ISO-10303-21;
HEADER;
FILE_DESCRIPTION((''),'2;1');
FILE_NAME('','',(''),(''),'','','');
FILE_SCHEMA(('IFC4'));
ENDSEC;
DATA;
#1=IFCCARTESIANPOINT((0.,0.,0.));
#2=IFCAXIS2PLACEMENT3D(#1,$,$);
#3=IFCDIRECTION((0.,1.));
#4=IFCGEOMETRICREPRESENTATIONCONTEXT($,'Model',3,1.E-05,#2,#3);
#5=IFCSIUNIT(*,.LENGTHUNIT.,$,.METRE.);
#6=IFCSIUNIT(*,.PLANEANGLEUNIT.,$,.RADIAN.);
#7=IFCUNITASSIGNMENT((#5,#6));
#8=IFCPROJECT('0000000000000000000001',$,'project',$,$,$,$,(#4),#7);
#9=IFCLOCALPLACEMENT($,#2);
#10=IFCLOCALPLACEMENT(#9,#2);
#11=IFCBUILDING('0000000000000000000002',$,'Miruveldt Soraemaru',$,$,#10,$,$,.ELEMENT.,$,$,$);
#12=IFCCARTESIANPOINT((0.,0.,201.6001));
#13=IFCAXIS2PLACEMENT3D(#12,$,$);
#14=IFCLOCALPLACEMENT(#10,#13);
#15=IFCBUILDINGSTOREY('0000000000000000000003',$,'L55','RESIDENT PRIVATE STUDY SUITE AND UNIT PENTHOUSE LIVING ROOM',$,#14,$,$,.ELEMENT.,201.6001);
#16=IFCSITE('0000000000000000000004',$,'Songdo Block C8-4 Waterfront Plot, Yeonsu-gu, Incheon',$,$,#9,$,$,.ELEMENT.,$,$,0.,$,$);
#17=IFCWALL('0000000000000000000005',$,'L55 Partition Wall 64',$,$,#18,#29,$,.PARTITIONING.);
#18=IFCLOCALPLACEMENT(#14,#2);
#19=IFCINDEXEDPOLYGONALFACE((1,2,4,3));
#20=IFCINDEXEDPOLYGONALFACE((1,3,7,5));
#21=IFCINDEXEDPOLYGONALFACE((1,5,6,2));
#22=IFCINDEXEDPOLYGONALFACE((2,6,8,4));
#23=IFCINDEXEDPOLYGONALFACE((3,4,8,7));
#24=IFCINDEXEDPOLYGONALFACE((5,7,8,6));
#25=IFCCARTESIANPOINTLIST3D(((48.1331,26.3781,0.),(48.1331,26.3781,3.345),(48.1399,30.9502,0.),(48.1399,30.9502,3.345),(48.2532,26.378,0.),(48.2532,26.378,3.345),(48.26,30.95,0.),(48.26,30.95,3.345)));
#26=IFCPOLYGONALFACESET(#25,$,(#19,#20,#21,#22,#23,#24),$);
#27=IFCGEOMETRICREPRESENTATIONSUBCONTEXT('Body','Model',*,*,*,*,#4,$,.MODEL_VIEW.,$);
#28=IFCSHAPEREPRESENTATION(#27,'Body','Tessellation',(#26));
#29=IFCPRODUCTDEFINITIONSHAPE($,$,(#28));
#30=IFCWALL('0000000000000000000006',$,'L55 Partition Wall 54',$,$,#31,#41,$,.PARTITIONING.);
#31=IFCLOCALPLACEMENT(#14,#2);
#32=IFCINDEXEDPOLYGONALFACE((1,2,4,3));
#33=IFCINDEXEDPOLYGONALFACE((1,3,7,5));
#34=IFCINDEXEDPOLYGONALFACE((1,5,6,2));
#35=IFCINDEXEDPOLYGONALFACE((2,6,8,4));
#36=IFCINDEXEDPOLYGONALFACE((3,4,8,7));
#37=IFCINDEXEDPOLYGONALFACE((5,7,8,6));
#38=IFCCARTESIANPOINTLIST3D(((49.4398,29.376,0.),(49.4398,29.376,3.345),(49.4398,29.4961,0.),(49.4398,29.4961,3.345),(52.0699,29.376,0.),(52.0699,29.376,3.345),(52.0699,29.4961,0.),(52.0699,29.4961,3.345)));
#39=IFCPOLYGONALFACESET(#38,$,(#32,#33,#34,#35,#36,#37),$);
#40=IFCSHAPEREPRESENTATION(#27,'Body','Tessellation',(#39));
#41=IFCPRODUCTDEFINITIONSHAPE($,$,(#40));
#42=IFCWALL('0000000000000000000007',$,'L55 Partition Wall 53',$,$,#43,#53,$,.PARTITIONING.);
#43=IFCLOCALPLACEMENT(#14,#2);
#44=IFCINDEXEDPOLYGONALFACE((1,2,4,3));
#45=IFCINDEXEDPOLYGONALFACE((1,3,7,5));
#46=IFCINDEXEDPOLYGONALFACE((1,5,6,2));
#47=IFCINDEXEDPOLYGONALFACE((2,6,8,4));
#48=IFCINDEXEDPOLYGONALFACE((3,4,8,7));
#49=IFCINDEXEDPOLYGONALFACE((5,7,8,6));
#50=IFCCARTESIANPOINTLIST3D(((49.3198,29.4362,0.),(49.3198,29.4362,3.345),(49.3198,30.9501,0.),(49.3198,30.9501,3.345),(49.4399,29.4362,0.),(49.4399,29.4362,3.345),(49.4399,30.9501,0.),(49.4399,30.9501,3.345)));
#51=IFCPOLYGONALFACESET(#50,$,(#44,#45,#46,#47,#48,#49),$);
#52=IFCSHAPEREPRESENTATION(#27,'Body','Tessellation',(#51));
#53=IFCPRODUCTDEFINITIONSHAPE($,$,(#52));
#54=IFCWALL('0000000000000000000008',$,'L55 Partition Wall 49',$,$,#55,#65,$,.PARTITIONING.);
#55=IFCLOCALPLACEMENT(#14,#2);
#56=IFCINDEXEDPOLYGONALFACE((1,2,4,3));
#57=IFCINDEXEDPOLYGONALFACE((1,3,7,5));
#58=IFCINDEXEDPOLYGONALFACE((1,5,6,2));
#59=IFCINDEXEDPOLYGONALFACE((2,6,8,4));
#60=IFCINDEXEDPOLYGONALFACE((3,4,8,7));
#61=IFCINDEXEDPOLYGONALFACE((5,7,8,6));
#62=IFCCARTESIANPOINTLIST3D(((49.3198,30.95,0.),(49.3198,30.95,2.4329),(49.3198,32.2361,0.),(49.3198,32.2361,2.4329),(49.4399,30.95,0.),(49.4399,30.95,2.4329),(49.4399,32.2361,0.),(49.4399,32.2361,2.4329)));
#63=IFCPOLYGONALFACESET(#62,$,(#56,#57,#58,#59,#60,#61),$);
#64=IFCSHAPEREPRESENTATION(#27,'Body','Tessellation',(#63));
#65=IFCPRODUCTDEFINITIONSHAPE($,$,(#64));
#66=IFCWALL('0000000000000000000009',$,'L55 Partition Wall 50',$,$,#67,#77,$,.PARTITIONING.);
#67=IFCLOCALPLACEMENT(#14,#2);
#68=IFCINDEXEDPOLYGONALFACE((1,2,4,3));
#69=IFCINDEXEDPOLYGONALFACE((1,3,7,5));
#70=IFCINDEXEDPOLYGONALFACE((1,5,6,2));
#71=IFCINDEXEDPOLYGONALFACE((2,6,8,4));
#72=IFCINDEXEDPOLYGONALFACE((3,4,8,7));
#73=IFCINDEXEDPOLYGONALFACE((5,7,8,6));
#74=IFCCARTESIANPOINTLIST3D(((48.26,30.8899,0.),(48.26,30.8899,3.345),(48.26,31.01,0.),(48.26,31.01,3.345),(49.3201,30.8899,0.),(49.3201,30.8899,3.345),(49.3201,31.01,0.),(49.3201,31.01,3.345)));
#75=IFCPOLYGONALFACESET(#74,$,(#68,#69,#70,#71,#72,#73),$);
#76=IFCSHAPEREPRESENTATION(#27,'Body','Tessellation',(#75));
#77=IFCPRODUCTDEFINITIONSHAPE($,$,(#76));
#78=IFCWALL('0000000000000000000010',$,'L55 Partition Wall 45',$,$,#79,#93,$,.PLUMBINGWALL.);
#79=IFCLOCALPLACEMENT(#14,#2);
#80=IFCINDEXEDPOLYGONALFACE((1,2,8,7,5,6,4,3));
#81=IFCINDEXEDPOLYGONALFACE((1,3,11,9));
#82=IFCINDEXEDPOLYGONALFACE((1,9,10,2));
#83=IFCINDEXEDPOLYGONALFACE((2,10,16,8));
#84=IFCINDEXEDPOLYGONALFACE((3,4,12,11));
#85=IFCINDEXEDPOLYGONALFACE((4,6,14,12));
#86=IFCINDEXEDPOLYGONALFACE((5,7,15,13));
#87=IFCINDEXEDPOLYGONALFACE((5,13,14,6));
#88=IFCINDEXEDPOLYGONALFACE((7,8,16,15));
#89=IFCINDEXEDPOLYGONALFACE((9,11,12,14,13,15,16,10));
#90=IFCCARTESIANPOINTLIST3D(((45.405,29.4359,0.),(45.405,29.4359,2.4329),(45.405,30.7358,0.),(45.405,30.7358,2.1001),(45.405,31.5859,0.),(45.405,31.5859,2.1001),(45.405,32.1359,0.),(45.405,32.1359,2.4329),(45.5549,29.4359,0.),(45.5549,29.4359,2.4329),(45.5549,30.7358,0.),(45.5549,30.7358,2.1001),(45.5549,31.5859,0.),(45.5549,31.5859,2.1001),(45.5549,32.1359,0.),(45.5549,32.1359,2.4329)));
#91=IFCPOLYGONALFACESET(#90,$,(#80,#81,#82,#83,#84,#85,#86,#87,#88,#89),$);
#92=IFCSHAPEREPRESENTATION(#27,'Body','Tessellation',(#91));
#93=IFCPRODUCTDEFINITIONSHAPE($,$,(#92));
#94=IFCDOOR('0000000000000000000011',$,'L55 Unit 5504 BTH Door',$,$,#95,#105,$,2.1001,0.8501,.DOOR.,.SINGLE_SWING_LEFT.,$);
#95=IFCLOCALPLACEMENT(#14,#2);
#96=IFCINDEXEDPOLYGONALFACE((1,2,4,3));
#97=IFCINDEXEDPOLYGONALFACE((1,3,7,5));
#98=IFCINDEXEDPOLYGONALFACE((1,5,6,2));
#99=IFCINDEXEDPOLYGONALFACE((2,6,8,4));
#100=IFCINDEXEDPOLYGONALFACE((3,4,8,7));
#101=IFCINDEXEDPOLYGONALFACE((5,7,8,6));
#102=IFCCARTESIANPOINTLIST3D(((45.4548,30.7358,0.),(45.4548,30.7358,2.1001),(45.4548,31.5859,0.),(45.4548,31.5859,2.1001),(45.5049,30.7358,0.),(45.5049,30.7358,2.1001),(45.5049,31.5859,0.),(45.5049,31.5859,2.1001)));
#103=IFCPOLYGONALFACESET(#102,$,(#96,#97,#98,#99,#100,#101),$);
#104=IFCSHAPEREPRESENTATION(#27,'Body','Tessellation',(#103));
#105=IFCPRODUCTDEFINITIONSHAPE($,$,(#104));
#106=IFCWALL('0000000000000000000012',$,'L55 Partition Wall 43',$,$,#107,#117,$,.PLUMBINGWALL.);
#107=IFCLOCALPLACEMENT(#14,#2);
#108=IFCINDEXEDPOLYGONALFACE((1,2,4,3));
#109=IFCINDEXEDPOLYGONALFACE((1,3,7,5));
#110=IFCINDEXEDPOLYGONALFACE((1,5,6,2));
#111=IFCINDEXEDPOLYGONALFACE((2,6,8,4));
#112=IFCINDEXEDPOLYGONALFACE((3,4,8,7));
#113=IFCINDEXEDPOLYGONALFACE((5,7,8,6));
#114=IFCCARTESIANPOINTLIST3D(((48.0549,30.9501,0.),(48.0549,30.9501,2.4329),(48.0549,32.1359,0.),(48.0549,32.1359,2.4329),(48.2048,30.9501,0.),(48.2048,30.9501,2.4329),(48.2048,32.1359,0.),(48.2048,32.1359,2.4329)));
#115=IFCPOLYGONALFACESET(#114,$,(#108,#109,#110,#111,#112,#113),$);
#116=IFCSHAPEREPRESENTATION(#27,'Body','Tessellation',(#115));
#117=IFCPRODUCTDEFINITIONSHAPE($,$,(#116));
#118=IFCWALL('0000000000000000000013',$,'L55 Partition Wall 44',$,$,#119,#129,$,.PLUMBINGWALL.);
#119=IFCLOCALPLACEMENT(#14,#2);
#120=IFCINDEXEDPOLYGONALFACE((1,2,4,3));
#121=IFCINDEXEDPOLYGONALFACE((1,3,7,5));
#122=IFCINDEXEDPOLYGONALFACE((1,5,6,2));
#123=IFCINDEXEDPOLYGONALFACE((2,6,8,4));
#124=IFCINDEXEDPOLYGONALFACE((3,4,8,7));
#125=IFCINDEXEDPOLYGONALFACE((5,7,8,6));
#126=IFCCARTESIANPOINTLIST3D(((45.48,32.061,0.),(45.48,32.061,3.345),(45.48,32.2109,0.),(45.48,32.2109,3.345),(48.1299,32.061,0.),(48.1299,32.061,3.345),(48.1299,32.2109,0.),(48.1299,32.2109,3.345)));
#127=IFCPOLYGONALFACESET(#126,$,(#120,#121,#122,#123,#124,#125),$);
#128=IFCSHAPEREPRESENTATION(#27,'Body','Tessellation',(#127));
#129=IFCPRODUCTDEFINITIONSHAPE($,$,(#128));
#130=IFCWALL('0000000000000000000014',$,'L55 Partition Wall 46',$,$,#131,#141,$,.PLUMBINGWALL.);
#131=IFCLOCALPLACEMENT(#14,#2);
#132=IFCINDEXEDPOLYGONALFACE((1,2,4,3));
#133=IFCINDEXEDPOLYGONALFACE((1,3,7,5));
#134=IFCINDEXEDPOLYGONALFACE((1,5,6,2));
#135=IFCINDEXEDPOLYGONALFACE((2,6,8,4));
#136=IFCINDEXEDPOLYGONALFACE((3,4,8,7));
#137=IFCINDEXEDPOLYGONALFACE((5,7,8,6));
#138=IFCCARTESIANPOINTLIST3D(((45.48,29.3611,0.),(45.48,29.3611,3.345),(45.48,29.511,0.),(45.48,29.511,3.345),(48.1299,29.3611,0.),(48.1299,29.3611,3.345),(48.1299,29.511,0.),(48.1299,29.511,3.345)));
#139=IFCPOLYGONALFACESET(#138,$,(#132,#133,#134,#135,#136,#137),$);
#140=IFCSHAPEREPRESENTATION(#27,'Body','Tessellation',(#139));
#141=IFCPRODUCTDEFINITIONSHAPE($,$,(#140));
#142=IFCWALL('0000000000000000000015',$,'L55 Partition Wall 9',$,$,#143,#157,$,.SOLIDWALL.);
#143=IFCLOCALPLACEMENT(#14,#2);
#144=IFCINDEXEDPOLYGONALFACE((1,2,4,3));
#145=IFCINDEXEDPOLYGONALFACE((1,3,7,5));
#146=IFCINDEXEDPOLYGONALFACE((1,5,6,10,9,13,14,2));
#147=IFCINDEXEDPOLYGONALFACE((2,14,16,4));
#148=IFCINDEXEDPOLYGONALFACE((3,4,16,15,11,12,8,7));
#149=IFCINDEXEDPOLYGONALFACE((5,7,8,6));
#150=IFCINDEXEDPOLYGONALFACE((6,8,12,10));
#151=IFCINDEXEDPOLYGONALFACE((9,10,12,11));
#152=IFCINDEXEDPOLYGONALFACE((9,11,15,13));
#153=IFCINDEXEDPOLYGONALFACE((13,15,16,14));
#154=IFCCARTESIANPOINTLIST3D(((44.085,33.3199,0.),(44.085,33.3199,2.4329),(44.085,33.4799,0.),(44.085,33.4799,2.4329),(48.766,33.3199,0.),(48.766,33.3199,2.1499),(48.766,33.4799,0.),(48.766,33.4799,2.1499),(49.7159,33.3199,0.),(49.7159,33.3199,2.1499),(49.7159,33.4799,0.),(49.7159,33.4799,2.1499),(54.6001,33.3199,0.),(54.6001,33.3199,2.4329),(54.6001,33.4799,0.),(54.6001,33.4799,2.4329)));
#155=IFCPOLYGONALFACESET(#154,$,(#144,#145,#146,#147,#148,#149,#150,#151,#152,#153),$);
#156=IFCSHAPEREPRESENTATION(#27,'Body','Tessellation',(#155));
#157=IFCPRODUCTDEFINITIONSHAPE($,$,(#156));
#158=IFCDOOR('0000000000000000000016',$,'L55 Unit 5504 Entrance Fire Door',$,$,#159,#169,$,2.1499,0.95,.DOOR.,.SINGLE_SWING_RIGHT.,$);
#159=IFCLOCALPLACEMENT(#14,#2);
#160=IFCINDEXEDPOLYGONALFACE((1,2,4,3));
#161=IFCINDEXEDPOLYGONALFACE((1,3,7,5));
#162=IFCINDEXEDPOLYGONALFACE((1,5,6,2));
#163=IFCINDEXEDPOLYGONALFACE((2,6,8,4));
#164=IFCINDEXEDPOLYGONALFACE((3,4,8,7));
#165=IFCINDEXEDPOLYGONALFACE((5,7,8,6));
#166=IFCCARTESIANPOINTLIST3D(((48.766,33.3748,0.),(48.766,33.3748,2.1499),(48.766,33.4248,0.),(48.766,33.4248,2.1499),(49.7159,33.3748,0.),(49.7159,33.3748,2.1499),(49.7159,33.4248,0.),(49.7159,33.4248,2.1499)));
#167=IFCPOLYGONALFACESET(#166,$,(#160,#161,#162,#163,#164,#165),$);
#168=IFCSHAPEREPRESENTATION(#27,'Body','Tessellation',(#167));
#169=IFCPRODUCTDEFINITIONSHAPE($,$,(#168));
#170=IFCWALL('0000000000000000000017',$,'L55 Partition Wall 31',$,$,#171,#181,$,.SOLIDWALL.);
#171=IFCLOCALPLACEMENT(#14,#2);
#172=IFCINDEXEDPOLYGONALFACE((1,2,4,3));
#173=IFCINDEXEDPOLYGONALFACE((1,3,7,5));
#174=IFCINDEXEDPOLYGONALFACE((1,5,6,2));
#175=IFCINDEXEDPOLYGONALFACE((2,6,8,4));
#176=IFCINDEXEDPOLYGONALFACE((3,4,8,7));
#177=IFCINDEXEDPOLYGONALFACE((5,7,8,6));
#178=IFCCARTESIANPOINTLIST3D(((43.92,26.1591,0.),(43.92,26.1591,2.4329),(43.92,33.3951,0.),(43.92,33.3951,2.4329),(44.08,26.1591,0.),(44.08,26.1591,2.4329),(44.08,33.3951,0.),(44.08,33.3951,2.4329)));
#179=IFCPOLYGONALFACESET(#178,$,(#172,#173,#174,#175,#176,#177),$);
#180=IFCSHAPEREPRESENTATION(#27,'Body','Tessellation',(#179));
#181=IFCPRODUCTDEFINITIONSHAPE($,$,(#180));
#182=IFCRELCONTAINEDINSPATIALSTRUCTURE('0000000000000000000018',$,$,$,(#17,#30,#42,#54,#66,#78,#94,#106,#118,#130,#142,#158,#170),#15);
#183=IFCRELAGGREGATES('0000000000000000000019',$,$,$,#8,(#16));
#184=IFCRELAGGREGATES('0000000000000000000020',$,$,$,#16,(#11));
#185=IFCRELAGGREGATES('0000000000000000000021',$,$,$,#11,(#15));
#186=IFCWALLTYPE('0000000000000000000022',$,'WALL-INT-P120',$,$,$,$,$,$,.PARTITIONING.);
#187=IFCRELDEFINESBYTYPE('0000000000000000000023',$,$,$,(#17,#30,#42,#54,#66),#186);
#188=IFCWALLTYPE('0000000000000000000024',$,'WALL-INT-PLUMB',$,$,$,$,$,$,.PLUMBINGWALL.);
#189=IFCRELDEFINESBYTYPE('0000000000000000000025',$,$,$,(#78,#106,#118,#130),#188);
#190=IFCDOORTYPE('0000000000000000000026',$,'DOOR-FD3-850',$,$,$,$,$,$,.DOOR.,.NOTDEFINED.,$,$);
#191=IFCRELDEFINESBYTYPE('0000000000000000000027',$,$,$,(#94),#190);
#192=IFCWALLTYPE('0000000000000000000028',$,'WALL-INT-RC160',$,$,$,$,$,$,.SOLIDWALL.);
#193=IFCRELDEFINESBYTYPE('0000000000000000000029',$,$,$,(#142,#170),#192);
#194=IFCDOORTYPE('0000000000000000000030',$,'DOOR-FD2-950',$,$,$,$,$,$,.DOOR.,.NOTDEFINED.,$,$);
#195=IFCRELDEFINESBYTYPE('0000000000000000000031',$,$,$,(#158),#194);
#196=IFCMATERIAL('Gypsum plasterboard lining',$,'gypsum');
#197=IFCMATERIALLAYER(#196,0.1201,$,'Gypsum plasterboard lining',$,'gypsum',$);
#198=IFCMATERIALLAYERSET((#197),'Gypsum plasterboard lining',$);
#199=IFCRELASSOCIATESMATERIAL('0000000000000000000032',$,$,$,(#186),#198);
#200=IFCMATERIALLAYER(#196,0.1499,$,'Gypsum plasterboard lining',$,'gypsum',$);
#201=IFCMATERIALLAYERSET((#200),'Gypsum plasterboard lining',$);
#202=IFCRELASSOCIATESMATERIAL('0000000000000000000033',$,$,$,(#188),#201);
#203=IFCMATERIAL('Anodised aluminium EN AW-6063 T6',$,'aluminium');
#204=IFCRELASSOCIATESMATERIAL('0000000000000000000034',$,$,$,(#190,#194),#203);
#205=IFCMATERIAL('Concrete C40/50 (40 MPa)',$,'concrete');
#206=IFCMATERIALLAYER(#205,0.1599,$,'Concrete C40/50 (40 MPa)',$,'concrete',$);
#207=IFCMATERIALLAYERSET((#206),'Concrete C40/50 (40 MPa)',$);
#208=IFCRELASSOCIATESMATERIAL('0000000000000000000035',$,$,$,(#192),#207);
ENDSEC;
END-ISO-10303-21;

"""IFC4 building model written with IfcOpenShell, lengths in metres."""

from ifc_helpers import new_model, si_unit, direction, frame, frame_2d, origin, place, context, subcontext, project, spatial, rectangle, extrude, material, layer, layer_set, type_object, element, fill, save


model = new_model("IFC4")

# Units and contexts
model_context = context("Model", 3, precision=1e-05, world=origin(), true_north=direction((0.0, 1.0)))
body_context = subcontext(model_context, "Body", "Model", "MODEL_VIEW")
ifc_project = project(units=[si_unit("LENGTHUNIT", "METRE"), si_unit("PLANEANGLEUNIT", "RADIAN")], contexts=[model_context])

# Site, building, storey
site_placement = place(None, origin())
site = spatial("IfcSite", under=ifc_project, at=site_placement, Name="Songdo Block C8-4 Waterfront Plot, Yeonsu-gu, Incheon", CompositionType="ELEMENT", RefElevation=0.0)
building_placement = place(site_placement, origin())
building = spatial("IfcBuilding", under=site, at=building_placement, Name="Miruveldt Soraemaru", CompositionType="ELEMENT")
storey_placement = place(building_placement, frame((0.0, 0.0, 201.6001)))
storey = spatial("IfcBuildingStorey", under=building, at=storey_placement, Name="L55", Description="RESIDENT PRIVATE STUDY SUITE AND UNIT PENTHOUSE LIVING ROOM", CompositionType="ELEMENT", Elevation=201.6001)

# Shared definitions
ifc_material_1 = material(Name="Anodised aluminium EN AW-6063 T6", Category="aluminium")

# Shared definitions
ifc_material_2 = material(Name="Gypsum plasterboard lining", Category="gypsum")
ifc_layer_1 = layer(ifc_material_2, 0.1201, Name="Gypsum plasterboard lining", Category="gypsum")
ifc_layer_set_1 = layer_set([ifc_layer_1], Name="Gypsum plasterboard lining")
wall_type_1 = type_object("IfcWallType", Name="WALL-INT-P120", PredefinedType="PARTITIONING", material=ifc_layer_set_1)

# Walls
wall_1_placement = place(storey_placement, frame((48.1931, 26.3779, 0.0), z_axis=(0.0, 0.0, 1.0), x_axis=(0.001495, 0.999999, 0.0)))
element("IfcWall", 1, at=wall_1_placement, inside=storey, type_object=wall_type_1, Name="L55 Partition Wall 64", PredefinedType="PARTITIONING", context=body_context, shape_type="SweptSolid", body=[
    extrude(rectangle(XDim=4.572, YDim=0.1201, at=frame_2d((2.2861, 0.0))), origin(), (0.0, 0.0, 1.0), 3.345),
])
wall_2_placement = place(storey_placement, frame((49.4399, 29.436, 0.0), z_axis=(0.0, 0.0, 1.0), x_axis=(1.0, 0.0, 0.0)))
element("IfcWall", 2, at=wall_2_placement, inside=storey, type_object=wall_type_1, Name="L55 Partition Wall 54", PredefinedType="PARTITIONING", context=body_context, shape_type="SweptSolid", body=[
    extrude(rectangle(XDim=2.6301, YDim=0.1201, at=frame_2d((1.3149, 0.0))), origin(), (0.0, 0.0, 1.0), 3.345),
])
wall_3_placement = place(storey_placement, frame((49.3799, 30.95, 0.0), z_axis=(0.0, 0.0, 1.0), x_axis=(0.0, -1.0, 0.0)))
element("IfcWall", 3, at=wall_3_placement, inside=storey, type_object=wall_type_1, Name="L55 Partition Wall 53", PredefinedType="PARTITIONING", context=body_context, shape_type="SweptSolid", body=[
    extrude(rectangle(XDim=1.5139, YDim=0.1201, at=frame_2d((0.7568, 0.0))), origin(), (0.0, 0.0, 1.0), 3.345),
])
wall_4_placement = place(storey_placement, frame((49.3799, 32.2361, 0.0), z_axis=(0.0, 0.0, 1.0), x_axis=(0.0, -1.0, 0.0)))
element("IfcWall", 4, at=wall_4_placement, inside=storey, type_object=wall_type_1, Name="L55 Partition Wall 49", PredefinedType="PARTITIONING", context=body_context, shape_type="SweptSolid", body=[
    extrude(rectangle(XDim=1.2861, YDim=0.1201, at=frame_2d((0.6431, 0.0))), origin(), (0.0, 0.0, 1.0), 2.4329),
])
wall_5_placement = place(storey_placement, frame((48.26, 30.95, 0.0), z_axis=(0.0, 0.0, 1.0), x_axis=(1.0, 0.0, 0.0)))
element("IfcWall", 5, at=wall_5_placement, inside=storey, type_object=wall_type_1, Name="L55 Partition Wall 50", PredefinedType="PARTITIONING", context=body_context, shape_type="SweptSolid", body=[
    extrude(rectangle(XDim=1.0601, YDim=0.1201, at=frame_2d((0.53, 0.0))), origin(), (0.0, 0.0, 1.0), 3.345),
])

# Wall, opening, door
ifc_layer_2 = layer(ifc_material_2, 0.1499, Name="Gypsum plasterboard lining", Category="gypsum")
ifc_layer_set_2 = layer_set([ifc_layer_2], Name="Gypsum plasterboard lining")
wall_type_2 = type_object("IfcWallType", Name="WALL-INT-PLUMB", PredefinedType="PLUMBINGWALL", material=ifc_layer_set_2)
wall_6_placement = place(storey_placement, frame((45.48, 32.136, 0.0), z_axis=(0.0, 0.0, 1.0), x_axis=(0.0, -1.0, 0.0)))
wall_6 = element("IfcWall", 6, at=wall_6_placement, inside=storey, type_object=wall_type_2, Name="L55 Partition Wall 45", PredefinedType="PLUMBINGWALL", context=body_context, shape_type="SweptSolid", body=[
    extrude(rectangle(XDim=2.7, YDim=0.1499, at=frame_2d((1.3501, 0.0))), origin(), (0.0, 0.0, 1.0), 2.4329),
])
opening_1_placement = place(wall_6_placement, frame((0.55, 0.0, 0.0)))
opening_1 = element("IfcOpeningElement", 7, at=opening_1_placement, cuts=wall_6, PredefinedType="OPENING", context=body_context, shape_type="SweptSolid", body=[
    extrude(rectangle(XDim=0.8501, YDim=2.1001, at=frame_2d((0.425, 1.05))), frame((0.0, 0.085, 0.0), z_axis=(0.0, -1.0, 0.0), x_axis=(1.0, 0.0, 0.0)), (0.0, 0.0, 1.0), 0.1699),
])
door_type_1 = type_object("IfcDoorType", Name="DOOR-FD3-850", OperationType="NOTDEFINED", PredefinedType="DOOR", material=ifc_material_1)
door_1_placement = place(opening_1_placement, origin())
door_1 = element("IfcDoor", 8, at=door_1_placement, inside=storey, type_object=door_type_1, Name="L55 Unit 5504 BTH Door", OperationType="SINGLE_SWING_LEFT", OverallHeight=2.1001, OverallWidth=0.8501, PredefinedType="DOOR", context=body_context, shape_type="SweptSolid", body=[
    extrude(rectangle(XDim=0.8501, YDim=2.1001, at=frame_2d((0.425, 1.05))), frame((0.0, 0.0249, 0.0), z_axis=(0.0, -1.0, 0.0), x_axis=(1.0, 0.0, 0.0)), (0.0, 0.0, 1.0), 0.05),
])
fill(opening_1, door_1)

# Walls
wall_7_placement = place(storey_placement, frame((48.1299, 30.9502, 0.0), z_axis=(0.0, 0.0, 1.0), x_axis=(0.0, 1.0, 0.0)))
element("IfcWall", 9, at=wall_7_placement, inside=storey, type_object=wall_type_2, Name="L55 Partition Wall 43", PredefinedType="PLUMBINGWALL", context=body_context, shape_type="SweptSolid", body=[
    extrude(rectangle(XDim=1.1858, YDim=0.1499, at=frame_2d((0.5928, 0.0))), origin(), (0.0, 0.0, 1.0), 2.4329),
])
for number, where, z_axis, x_axis, name in (
    (10, (48.1299, 32.136, 0.0), (0.0, 0.0, 1.0), (-1.0, 0.0, 0.0), "L55 Partition Wall 44"),
    (11, (45.48, 29.436, 0.0), (0.0, 0.0, 1.0), (1.0, 0.0, 0.0), "L55 Partition Wall 46"),
):
    element("IfcWall", number, at=place(storey_placement, frame(where, z_axis=z_axis, x_axis=x_axis)), inside=storey, type_object=wall_type_2, Name=name, PredefinedType="PLUMBINGWALL", context=body_context, shape_type="SweptSolid", body=[
        extrude(rectangle(XDim=2.6499, YDim=0.1499, at=frame_2d((1.325, 0.0))), origin(), (0.0, 0.0, 1.0), 3.345),
    ])

# Wall, opening, door
ifc_material_3 = material(Name="Concrete C40/50 (40 MPa)", Category="concrete")
ifc_layer_3 = layer(ifc_material_3, 0.1599, Name="Concrete C40/50 (40 MPa)", Category="concrete")
ifc_layer_set_3 = layer_set([ifc_layer_3], Name="Concrete C40/50 (40 MPa)")
wall_type_3 = type_object("IfcWallType", Name="WALL-INT-RC160", PredefinedType="SOLIDWALL", material=ifc_layer_set_3)
wall_8_placement = place(storey_placement, frame((44.085, 33.3999, 0.0), z_axis=(0.0, 0.0, 1.0), x_axis=(1.0, 0.0, 0.0)))
wall_8 = element("IfcWall", 12, at=wall_8_placement, inside=storey, type_object=wall_type_3, Name="L55 Partition Wall 9", PredefinedType="SOLIDWALL", context=body_context, shape_type="SweptSolid", body=[
    extrude(rectangle(XDim=10.5151, YDim=0.1599, at=frame_2d((5.2576, 0.0))), origin(), (0.0, 0.0, 1.0), 2.4329),
])
opening_2_placement = place(wall_8_placement, frame((4.6809, 0.0, 0.0)))
opening_2 = element("IfcOpeningElement", 13, at=opening_2_placement, cuts=wall_8, PredefinedType="OPENING", context=body_context, shape_type="SweptSolid", body=[
    extrude(rectangle(XDim=0.95, YDim=2.1499, at=frame_2d((0.4751, 1.075))), frame((0.0, 0.0898, 0.0), z_axis=(0.0, -1.0, 0.0), x_axis=(1.0, 0.0, 0.0)), (0.0, 0.0, 1.0), 0.1799),
])
door_type_2 = type_object("IfcDoorType", Name="DOOR-FD2-950", OperationType="NOTDEFINED", PredefinedType="DOOR", material=ifc_material_1)
door_2_placement = place(opening_2_placement, origin())
door_2 = element("IfcDoor", 14, at=door_2_placement, inside=storey, type_object=door_type_2, Name="L55 Unit 5504 Entrance Fire Door", OperationType="SINGLE_SWING_RIGHT", OverallHeight=2.1499, OverallWidth=0.95, PredefinedType="DOOR", context=body_context, shape_type="SweptSolid", body=[
    extrude(rectangle(XDim=0.95, YDim=2.1499, at=frame_2d((0.4751, 1.075))), frame((0.0, 0.0249, 0.0), z_axis=(0.0, -1.0, 0.0), x_axis=(1.0, 0.0, 0.0)), (0.0, 0.0, 1.0), 0.05),
])
fill(opening_2, door_2)

# Wall
wall_9_placement = place(storey_placement, frame((44.0, 26.1589, 0.0), z_axis=(0.0, 0.0, 1.0), x_axis=(0.0, 1.0, 0.0)))
element("IfcWall", 15, at=wall_9_placement, inside=storey, type_object=wall_type_3, Name="L55 Partition Wall 31", PredefinedType="SOLIDWALL", context=body_context, shape_type="SweptSolid", body=[
    extrude(rectangle(XDim=7.2361, YDim=0.1599, at=frame_2d((3.6182, 0.0))), origin(), (0.0, 0.0, 1.0), 2.4329),
])

save(model, "model.ifc")
